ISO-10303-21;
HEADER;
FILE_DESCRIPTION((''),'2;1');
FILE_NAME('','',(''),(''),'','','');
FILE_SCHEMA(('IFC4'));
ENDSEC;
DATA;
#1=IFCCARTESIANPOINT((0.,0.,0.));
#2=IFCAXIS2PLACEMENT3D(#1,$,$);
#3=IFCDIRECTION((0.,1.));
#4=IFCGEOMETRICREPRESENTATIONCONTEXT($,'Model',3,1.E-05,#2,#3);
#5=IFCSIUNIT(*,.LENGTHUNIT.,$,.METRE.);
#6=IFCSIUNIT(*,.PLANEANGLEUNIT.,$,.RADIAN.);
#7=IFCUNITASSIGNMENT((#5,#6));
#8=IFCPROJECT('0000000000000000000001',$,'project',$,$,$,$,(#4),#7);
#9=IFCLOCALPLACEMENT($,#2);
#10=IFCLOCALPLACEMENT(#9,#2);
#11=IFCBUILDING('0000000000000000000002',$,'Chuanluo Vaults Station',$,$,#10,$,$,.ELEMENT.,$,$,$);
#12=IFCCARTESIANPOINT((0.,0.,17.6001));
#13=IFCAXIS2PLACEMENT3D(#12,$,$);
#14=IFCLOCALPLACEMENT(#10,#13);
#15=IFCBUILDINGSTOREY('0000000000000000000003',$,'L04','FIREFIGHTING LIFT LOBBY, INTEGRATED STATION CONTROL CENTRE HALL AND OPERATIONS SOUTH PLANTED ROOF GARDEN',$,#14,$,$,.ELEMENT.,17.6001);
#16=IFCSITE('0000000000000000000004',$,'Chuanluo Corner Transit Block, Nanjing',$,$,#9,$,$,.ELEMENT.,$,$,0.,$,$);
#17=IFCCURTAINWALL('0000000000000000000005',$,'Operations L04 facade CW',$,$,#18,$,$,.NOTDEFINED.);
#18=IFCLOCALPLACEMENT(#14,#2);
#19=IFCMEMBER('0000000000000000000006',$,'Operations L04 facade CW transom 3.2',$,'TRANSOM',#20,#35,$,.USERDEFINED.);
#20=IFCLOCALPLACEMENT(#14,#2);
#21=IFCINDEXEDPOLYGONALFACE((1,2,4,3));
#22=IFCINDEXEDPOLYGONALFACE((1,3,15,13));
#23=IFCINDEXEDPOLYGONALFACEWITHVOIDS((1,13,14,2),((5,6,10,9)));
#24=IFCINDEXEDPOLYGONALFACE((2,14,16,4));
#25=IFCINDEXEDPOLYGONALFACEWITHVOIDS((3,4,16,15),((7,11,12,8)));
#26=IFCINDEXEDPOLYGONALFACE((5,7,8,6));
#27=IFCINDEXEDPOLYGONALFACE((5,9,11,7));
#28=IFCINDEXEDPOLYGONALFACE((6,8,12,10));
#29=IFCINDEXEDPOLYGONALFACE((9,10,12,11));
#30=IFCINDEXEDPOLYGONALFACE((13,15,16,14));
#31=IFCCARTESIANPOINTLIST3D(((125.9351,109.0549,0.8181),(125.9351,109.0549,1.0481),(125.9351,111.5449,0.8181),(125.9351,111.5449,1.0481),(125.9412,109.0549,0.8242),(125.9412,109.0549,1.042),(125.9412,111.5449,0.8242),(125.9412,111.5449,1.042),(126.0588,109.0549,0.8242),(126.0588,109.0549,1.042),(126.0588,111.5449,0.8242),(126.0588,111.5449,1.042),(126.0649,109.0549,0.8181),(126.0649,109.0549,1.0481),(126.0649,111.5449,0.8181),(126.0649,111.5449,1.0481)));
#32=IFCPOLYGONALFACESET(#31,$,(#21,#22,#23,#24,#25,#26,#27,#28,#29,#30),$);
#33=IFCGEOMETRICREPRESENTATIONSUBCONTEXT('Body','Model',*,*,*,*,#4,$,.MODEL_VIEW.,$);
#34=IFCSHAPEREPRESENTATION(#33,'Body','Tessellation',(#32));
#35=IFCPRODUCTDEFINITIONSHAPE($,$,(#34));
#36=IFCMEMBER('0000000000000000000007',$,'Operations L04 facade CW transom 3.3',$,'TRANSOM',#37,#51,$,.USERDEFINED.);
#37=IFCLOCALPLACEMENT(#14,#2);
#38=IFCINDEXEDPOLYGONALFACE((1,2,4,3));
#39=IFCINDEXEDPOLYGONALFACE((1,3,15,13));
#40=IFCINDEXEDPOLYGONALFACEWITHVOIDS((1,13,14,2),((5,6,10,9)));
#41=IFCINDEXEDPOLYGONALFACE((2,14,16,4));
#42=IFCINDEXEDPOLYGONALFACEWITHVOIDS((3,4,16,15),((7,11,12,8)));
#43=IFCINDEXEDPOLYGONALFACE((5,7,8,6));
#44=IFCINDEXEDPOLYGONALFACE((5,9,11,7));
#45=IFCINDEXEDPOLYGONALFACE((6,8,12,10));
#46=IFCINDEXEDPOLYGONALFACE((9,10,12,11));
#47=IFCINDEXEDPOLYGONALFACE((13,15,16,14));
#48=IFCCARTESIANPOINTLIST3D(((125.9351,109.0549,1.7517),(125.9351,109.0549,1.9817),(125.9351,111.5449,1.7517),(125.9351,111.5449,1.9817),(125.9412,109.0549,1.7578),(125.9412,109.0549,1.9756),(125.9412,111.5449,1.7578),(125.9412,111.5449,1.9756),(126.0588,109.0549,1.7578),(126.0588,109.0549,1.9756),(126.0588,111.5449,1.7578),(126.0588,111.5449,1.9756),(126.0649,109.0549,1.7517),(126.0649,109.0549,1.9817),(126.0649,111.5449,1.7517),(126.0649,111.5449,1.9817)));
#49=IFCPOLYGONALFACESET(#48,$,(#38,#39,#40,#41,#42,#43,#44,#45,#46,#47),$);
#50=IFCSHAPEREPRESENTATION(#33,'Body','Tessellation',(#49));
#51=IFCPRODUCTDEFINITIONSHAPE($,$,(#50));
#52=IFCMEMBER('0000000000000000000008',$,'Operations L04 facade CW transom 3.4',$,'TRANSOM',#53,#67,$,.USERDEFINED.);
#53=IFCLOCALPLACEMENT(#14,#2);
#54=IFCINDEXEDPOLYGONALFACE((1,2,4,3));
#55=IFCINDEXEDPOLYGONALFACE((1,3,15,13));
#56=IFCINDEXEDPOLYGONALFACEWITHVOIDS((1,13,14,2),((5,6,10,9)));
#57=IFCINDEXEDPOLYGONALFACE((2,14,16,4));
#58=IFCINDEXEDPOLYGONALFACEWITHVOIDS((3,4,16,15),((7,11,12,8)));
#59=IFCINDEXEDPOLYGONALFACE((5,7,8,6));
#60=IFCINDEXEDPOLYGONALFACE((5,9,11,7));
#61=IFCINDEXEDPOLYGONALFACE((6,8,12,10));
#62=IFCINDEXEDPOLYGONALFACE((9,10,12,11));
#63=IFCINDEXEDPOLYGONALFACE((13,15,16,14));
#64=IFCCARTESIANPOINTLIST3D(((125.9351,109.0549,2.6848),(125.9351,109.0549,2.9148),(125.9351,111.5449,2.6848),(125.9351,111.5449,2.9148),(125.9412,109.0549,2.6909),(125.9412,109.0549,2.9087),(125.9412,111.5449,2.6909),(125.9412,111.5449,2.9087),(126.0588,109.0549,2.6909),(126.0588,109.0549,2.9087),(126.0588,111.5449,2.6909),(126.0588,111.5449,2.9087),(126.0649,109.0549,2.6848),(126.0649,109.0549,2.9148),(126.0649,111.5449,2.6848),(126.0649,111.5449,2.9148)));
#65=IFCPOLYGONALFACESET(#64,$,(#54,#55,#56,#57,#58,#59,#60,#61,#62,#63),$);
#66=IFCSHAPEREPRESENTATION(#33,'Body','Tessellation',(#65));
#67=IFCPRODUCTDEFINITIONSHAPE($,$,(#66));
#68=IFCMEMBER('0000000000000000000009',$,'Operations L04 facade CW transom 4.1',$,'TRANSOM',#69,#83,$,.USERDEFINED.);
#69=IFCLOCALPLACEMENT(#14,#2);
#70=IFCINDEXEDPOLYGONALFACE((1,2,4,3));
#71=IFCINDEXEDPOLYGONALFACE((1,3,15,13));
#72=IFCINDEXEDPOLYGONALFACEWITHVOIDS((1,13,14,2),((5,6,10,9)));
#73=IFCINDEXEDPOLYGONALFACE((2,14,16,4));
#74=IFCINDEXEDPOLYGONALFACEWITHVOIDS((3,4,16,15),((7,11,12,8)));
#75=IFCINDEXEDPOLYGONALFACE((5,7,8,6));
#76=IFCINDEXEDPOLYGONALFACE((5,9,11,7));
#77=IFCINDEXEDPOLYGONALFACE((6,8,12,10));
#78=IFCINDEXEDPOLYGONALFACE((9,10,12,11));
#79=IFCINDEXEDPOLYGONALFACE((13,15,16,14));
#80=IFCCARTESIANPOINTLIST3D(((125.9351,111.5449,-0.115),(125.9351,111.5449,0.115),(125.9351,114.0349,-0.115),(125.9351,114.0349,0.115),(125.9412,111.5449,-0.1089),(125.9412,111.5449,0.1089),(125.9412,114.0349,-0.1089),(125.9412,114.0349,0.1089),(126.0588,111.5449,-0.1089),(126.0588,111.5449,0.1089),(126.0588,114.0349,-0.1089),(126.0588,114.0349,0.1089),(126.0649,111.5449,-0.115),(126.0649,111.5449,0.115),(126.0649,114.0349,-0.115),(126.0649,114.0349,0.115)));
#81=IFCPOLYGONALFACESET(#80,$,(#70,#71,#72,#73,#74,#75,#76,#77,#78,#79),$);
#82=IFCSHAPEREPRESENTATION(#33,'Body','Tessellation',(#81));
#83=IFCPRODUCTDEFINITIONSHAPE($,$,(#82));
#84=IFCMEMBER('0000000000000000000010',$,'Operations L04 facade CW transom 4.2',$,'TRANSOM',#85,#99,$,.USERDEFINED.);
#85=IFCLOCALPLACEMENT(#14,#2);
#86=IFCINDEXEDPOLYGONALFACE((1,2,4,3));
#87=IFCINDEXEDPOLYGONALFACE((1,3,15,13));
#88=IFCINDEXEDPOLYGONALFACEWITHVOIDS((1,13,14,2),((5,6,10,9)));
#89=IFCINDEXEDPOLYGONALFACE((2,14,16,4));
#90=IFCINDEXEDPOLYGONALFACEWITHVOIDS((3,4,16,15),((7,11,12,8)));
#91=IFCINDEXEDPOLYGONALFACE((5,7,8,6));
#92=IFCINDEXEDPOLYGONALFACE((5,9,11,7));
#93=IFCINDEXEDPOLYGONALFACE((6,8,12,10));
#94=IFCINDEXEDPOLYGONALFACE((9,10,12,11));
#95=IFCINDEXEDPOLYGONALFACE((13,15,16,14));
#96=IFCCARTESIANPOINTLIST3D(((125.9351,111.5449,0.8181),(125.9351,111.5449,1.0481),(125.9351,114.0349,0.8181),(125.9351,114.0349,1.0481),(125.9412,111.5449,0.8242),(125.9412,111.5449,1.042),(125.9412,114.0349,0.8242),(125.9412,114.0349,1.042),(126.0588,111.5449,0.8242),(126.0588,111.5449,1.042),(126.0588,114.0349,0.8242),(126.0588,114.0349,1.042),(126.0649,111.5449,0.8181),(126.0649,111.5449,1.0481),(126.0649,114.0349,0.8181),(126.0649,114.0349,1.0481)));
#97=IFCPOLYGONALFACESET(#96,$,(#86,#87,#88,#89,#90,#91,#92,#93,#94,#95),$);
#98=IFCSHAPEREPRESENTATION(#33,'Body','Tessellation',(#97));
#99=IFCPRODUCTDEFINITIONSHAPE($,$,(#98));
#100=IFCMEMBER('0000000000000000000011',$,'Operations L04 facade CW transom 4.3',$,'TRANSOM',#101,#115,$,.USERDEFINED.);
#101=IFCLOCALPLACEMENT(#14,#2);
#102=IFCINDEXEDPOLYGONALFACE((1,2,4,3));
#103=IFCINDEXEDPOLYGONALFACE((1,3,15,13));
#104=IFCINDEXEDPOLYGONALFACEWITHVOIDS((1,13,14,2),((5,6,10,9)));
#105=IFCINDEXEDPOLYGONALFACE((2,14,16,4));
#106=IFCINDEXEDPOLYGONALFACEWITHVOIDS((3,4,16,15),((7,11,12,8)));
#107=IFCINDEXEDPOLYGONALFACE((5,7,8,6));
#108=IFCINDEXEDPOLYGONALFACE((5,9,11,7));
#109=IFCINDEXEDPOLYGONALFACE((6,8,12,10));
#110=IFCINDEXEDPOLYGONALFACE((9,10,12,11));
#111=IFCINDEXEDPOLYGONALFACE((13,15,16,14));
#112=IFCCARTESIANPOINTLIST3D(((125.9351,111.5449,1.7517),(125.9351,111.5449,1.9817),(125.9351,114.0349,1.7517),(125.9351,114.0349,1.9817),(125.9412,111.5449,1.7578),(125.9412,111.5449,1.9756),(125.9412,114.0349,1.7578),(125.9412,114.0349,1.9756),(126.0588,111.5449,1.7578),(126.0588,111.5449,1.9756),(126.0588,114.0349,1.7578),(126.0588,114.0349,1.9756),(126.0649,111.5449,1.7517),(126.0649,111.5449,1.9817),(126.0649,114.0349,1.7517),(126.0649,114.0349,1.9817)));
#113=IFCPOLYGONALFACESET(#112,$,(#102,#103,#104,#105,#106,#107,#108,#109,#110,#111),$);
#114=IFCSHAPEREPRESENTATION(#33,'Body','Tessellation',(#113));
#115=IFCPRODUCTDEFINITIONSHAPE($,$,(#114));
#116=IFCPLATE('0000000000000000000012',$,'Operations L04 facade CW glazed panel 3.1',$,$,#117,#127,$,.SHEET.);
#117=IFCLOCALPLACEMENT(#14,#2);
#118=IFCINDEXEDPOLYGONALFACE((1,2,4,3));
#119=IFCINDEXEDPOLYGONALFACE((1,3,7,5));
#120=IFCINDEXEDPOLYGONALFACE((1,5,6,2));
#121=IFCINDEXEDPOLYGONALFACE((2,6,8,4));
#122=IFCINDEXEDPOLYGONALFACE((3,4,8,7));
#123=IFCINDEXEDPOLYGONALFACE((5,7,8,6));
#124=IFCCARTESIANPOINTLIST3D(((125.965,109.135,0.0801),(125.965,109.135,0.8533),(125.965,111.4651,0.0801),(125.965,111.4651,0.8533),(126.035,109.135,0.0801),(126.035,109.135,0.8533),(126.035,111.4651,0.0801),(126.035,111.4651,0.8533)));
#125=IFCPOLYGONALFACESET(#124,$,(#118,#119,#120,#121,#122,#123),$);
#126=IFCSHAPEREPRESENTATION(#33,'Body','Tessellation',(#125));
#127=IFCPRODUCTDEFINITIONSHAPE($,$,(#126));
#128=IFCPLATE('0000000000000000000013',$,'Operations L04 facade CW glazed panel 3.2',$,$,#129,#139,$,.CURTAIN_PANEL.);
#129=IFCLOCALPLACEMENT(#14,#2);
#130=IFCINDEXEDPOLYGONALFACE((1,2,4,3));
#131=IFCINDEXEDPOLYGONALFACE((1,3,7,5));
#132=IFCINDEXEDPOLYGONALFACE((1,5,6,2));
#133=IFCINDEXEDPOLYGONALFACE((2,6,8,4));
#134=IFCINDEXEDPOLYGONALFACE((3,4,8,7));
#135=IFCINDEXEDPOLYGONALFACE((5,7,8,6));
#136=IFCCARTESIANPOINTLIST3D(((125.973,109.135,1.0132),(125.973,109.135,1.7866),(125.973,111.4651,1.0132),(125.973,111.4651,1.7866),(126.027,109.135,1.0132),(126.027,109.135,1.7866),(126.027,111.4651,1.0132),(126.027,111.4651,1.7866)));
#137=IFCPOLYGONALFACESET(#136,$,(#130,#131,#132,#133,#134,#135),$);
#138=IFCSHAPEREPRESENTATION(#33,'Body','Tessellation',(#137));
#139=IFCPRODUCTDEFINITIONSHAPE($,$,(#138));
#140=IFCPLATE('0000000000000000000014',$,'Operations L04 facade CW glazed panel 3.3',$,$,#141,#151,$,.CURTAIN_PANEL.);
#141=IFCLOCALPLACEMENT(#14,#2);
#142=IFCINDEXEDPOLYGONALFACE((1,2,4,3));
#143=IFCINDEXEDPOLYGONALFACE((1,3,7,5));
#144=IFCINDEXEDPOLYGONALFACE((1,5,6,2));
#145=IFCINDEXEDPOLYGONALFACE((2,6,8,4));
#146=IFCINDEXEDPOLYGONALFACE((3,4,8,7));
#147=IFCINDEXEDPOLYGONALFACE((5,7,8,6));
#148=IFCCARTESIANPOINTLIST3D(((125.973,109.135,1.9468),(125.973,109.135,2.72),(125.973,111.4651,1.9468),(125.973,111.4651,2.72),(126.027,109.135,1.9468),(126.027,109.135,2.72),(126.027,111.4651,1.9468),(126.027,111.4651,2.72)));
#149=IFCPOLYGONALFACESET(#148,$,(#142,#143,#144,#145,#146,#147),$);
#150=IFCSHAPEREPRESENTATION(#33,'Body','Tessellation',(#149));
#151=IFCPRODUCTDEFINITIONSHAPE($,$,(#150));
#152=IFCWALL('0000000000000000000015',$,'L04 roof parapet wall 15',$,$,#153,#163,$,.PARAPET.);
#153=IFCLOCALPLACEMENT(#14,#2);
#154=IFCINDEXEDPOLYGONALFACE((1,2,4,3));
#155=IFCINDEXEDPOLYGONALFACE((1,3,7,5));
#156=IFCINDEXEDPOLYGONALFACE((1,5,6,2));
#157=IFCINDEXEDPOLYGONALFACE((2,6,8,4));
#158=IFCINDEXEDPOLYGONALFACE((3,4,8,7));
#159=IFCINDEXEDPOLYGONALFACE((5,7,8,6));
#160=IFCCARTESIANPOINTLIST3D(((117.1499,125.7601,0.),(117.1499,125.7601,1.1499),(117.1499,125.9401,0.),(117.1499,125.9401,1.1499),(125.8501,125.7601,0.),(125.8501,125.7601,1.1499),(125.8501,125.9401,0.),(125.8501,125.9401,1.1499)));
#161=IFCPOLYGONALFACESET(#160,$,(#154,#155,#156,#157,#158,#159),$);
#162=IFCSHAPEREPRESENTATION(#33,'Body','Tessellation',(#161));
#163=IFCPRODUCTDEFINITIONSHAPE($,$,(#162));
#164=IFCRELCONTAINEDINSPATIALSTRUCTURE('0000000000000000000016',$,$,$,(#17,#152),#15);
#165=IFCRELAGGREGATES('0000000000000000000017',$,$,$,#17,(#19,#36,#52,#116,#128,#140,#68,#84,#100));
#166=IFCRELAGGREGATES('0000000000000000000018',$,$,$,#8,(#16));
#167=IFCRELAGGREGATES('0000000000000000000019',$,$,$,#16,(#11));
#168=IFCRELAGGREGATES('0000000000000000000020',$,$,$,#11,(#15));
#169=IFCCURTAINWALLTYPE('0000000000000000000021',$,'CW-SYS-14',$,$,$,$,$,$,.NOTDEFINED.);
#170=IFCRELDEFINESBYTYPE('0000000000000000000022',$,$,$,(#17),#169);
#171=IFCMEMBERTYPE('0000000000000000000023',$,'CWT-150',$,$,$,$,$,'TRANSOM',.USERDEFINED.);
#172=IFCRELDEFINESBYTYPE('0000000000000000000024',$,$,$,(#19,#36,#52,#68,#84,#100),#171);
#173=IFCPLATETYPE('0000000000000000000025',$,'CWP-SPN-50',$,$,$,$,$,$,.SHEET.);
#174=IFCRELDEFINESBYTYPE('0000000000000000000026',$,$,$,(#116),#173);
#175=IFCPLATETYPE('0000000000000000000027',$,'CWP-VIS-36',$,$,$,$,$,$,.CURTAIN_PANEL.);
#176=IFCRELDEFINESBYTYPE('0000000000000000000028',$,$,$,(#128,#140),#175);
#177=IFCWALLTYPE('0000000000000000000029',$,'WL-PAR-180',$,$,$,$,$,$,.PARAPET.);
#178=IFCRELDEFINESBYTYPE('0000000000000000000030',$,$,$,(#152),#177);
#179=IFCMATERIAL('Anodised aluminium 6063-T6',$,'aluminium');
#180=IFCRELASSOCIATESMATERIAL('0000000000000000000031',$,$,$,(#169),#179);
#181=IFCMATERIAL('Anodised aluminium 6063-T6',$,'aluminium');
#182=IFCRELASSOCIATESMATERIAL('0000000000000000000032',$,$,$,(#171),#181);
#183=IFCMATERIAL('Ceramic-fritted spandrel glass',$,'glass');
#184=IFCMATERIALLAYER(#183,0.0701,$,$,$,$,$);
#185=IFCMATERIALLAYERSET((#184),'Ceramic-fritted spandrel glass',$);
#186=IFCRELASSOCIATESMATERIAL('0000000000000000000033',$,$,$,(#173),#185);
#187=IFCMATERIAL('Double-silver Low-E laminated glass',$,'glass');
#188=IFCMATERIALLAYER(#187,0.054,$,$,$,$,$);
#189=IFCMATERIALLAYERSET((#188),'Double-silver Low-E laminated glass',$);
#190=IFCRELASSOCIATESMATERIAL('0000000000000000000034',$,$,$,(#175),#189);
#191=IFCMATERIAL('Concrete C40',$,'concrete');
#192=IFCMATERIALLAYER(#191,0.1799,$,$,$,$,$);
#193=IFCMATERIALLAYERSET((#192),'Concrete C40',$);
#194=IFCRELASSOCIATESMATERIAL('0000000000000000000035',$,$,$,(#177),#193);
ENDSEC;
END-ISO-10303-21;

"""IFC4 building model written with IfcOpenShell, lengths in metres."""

from ifc_helpers import new_model, si_unit, direction, frame, frame_2d, origin, origin_2d, place, context, subcontext, project, spatial, rectangle, hollow_rectangle, extrude, material, layer, layer_set, material_profile, profile_set, type_object, element, aggregate, save


model = new_model("IFC4")

# Units and contexts
model_context = context("Model", 3, precision=1e-05, world=origin(), true_north=direction((0.0, 1.0)))
body_context = subcontext(model_context, "Body", "Model", "MODEL_VIEW")
ifc_project = project(units=[si_unit("LENGTHUNIT", "METRE"), si_unit("PLANEANGLEUNIT", "RADIAN")], contexts=[model_context])

# Site, building, storey
site_placement = place(None, origin())
site = spatial("IfcSite", under=ifc_project, at=site_placement, Name="Chuanluo Corner Transit Block, Nanjing", CompositionType="ELEMENT", RefElevation=0.0)
building_placement = place(site_placement, origin())
building = spatial("IfcBuilding", under=site, at=building_placement, Name="Chuanluo Vaults Station", CompositionType="ELEMENT")
storey_placement = place(building_placement, frame((0.0, 0.0, 17.6001)))
storey = spatial("IfcBuildingStorey", under=building, at=storey_placement, Name="L04", Description="FIREFIGHTING LIFT LOBBY, INTEGRATED STATION CONTROL CENTRE HALL AND OPERATIONS SOUTH PLANTED ROOF GARDEN", CompositionType="ELEMENT", Elevation=17.6001)

# Curtain wall, members, plates
ifc_material_1 = material(Name="Anodised aluminium 6063-T6", Category="aluminium")
curtain_wall_type = type_object("IfcCurtainWallType", Name="CW-SYS-14", PredefinedType="NOTDEFINED", material=ifc_material_1)
curtain_wall_placement = place(storey_placement, origin())
curtain_wall = element("IfcCurtainWall", 1, at=curtain_wall_placement, inside=storey, type_object=curtain_wall_type, Name="Operations L04 facade CW", PredefinedType="NOTDEFINED")
ifc_material_2 = material(Name="Anodised aluminium 6063-T6", Category="aluminium")
ifc_material_profile_1 = material_profile(ifc_material_2, hollow_rectangle(XDim=0.1299, YDim=0.23, WallThickness=0.0061, at=origin_2d()))
ifc_profile_set_1 = profile_set([ifc_material_profile_1], Name="Anodised aluminium 6063-T6")
member_type_1 = type_object("IfcMemberType", Name="CWT-150", ElementType="TRANSOM", PredefinedType="USERDEFINED", material=ifc_profile_set_1)
member_1_placement = place(storey_placement, frame((126.0, 109.0549, 0.9331), z_axis=(0.0, 1.0, 0.0), x_axis=(-1.0, 0.0, 0.0)))
member_1 = element("IfcMember", 2, at=member_1_placement, type_object=member_type_1, Name="Operations L04 facade CW transom 3.2", ObjectType="TRANSOM", PredefinedType="USERDEFINED", context=body_context, shape_type="SweptSolid", body=[
    extrude(hollow_rectangle(XDim=0.1299, YDim=0.23, WallThickness=0.0061, at=origin_2d()), origin(), (0.0, 0.0, 1.0), 2.49),
])
member_2_placement = place(storey_placement, frame((126.0, 109.0549, 1.8667), z_axis=(0.0, 1.0, 0.0), x_axis=(-1.0, 0.0, 0.0)))
member_2 = element("IfcMember", 3, at=member_2_placement, type_object=member_type_1, Name="Operations L04 facade CW transom 3.3", ObjectType="TRANSOM", PredefinedType="USERDEFINED", context=body_context, shape_type="SweptSolid", body=[
    extrude(hollow_rectangle(XDim=0.1299, YDim=0.23, WallThickness=0.0061, at=origin_2d()), origin(), (0.0, 0.0, 1.0), 2.49),
])
member_3_placement = place(storey_placement, frame((126.0, 109.0549, 2.7998), z_axis=(0.0, 1.0, 0.0), x_axis=(-1.0, 0.0, 0.0)))
member_3 = element("IfcMember", 4, at=member_3_placement, type_object=member_type_1, Name="Operations L04 facade CW transom 3.4", ObjectType="TRANSOM", PredefinedType="USERDEFINED", context=body_context, shape_type="SweptSolid", body=[
    extrude(hollow_rectangle(XDim=0.1299, YDim=0.23, WallThickness=0.0061, at=origin_2d()), origin(), (0.0, 0.0, 1.0), 2.49),
])
member_4_placement = place(storey_placement, frame((126.0, 111.5449, 0.0), z_axis=(0.0, 1.0, 0.0), x_axis=(-1.0, 0.0, 0.0)))
member_4 = element("IfcMember", 5, at=member_4_placement, type_object=member_type_1, Name="Operations L04 facade CW transom 4.1", ObjectType="TRANSOM", PredefinedType="USERDEFINED", context=body_context, shape_type="SweptSolid", body=[
    extrude(hollow_rectangle(XDim=0.1299, YDim=0.23, WallThickness=0.0061, at=origin_2d()), origin(), (0.0, 0.0, 1.0), 2.49),
])
member_5_placement = place(storey_placement, frame((126.0, 111.5449, 0.9331), z_axis=(0.0, 1.0, 0.0), x_axis=(-1.0, 0.0, 0.0)))
member_5 = element("IfcMember", 6, at=member_5_placement, type_object=member_type_1, Name="Operations L04 facade CW transom 4.2", ObjectType="TRANSOM", PredefinedType="USERDEFINED", context=body_context, shape_type="SweptSolid", body=[
    extrude(hollow_rectangle(XDim=0.1299, YDim=0.23, WallThickness=0.0061, at=origin_2d()), origin(), (0.0, 0.0, 1.0), 2.49),
])
member_6_placement = place(storey_placement, frame((126.0, 111.5449, 1.8667), z_axis=(0.0, 1.0, 0.0), x_axis=(-1.0, 0.0, 0.0)))
member_6 = element("IfcMember", 7, at=member_6_placement, type_object=member_type_1, Name="Operations L04 facade CW transom 4.3", ObjectType="TRANSOM", PredefinedType="USERDEFINED", context=body_context, shape_type="SweptSolid", body=[
    extrude(hollow_rectangle(XDim=0.1299, YDim=0.23, WallThickness=0.0061, at=origin_2d()), origin(), (0.0, 0.0, 1.0), 2.49),
])
ifc_material_3 = material(Name="Ceramic-fritted spandrel glass", Category="glass")
ifc_layer_1 = layer(ifc_material_3, 0.0701)
ifc_layer_set_1 = layer_set([ifc_layer_1], Name="Ceramic-fritted spandrel glass")
plate_type_1 = type_object("IfcPlateType", Name="CWP-SPN-50", PredefinedType="SHEET", material=ifc_layer_set_1)
plate_1_placement = place(storey_placement, frame((126.0, 110.3, 0.0801), z_axis=(0.0, 0.0, 1.0), x_axis=(0.0, 1.0, 0.0)))
plate_1 = element("IfcPlate", 8, at=plate_1_placement, type_object=plate_type_1, Name="Operations L04 facade CW glazed panel 3.1", PredefinedType="SHEET", context=body_context, shape_type="SweptSolid", body=[
    extrude(rectangle(XDim=2.3301, YDim=0.0701, at=origin_2d()), origin(), (0.0, 0.0, 1.0), 0.7732),
])
ifc_material_4 = material(Name="Double-silver Low-E laminated glass", Category="glass")
ifc_layer_2 = layer(ifc_material_4, 0.054)
ifc_layer_set_2 = layer_set([ifc_layer_2], Name="Double-silver Low-E laminated glass")
plate_type_2 = type_object("IfcPlateType", Name="CWP-VIS-36", PredefinedType="CURTAIN_PANEL", material=ifc_layer_set_2)
plate_2_placement = place(storey_placement, frame((126.0, 110.3, 1.0132), z_axis=(0.0, 0.0, 1.0), x_axis=(0.0, 1.0, 0.0)))
plate_2 = element("IfcPlate", 9, at=plate_2_placement, type_object=plate_type_2, Name="Operations L04 facade CW glazed panel 3.2", PredefinedType="CURTAIN_PANEL", context=body_context, shape_type="SweptSolid", body=[
    extrude(rectangle(XDim=2.3301, YDim=0.054, at=origin_2d()), origin(), (0.0, 0.0, 1.0), 0.7734),
])
plate_3_placement = place(storey_placement, frame((126.0, 110.3, 1.9468), z_axis=(0.0, 0.0, 1.0), x_axis=(0.0, 1.0, 0.0)))
plate_3 = element("IfcPlate", 10, at=plate_3_placement, type_object=plate_type_2, Name="Operations L04 facade CW glazed panel 3.3", PredefinedType="CURTAIN_PANEL", context=body_context, shape_type="SweptSolid", body=[
    extrude(rectangle(XDim=2.3301, YDim=0.054, at=origin_2d()), origin(), (0.0, 0.0, 1.0), 0.7732),
])
aggregate(curtain_wall, [member_1, member_2, member_3, plate_1, plate_2, plate_3, member_4, member_5, member_6])

# Wall
ifc_material_5 = material(Name="Concrete C40", Category="concrete")
ifc_layer_3 = layer(ifc_material_5, 0.1799)
ifc_layer_set_3 = layer_set([ifc_layer_3], Name="Concrete C40")
wall_type = type_object("IfcWallType", Name="WL-PAR-180", PredefinedType="PARAPET", material=ifc_layer_set_3)
wall_placement = place(storey_placement, frame((117.1499, 125.8501, 0.0), z_axis=(0.0, 0.0, 1.0), x_axis=(1.0, 0.0, 0.0)))
element("IfcWall", 11, at=wall_placement, inside=storey, type_object=wall_type, Name="L04 roof parapet wall 15", PredefinedType="PARAPET", context=body_context, shape_type="SweptSolid", body=[
    extrude(rectangle(XDim=8.7002, YDim=0.1799, at=frame_2d((4.3501, 0.0))), origin(), (0.0, 0.0, 1.0), 1.1499),
])

save(model, "model.ifc")
